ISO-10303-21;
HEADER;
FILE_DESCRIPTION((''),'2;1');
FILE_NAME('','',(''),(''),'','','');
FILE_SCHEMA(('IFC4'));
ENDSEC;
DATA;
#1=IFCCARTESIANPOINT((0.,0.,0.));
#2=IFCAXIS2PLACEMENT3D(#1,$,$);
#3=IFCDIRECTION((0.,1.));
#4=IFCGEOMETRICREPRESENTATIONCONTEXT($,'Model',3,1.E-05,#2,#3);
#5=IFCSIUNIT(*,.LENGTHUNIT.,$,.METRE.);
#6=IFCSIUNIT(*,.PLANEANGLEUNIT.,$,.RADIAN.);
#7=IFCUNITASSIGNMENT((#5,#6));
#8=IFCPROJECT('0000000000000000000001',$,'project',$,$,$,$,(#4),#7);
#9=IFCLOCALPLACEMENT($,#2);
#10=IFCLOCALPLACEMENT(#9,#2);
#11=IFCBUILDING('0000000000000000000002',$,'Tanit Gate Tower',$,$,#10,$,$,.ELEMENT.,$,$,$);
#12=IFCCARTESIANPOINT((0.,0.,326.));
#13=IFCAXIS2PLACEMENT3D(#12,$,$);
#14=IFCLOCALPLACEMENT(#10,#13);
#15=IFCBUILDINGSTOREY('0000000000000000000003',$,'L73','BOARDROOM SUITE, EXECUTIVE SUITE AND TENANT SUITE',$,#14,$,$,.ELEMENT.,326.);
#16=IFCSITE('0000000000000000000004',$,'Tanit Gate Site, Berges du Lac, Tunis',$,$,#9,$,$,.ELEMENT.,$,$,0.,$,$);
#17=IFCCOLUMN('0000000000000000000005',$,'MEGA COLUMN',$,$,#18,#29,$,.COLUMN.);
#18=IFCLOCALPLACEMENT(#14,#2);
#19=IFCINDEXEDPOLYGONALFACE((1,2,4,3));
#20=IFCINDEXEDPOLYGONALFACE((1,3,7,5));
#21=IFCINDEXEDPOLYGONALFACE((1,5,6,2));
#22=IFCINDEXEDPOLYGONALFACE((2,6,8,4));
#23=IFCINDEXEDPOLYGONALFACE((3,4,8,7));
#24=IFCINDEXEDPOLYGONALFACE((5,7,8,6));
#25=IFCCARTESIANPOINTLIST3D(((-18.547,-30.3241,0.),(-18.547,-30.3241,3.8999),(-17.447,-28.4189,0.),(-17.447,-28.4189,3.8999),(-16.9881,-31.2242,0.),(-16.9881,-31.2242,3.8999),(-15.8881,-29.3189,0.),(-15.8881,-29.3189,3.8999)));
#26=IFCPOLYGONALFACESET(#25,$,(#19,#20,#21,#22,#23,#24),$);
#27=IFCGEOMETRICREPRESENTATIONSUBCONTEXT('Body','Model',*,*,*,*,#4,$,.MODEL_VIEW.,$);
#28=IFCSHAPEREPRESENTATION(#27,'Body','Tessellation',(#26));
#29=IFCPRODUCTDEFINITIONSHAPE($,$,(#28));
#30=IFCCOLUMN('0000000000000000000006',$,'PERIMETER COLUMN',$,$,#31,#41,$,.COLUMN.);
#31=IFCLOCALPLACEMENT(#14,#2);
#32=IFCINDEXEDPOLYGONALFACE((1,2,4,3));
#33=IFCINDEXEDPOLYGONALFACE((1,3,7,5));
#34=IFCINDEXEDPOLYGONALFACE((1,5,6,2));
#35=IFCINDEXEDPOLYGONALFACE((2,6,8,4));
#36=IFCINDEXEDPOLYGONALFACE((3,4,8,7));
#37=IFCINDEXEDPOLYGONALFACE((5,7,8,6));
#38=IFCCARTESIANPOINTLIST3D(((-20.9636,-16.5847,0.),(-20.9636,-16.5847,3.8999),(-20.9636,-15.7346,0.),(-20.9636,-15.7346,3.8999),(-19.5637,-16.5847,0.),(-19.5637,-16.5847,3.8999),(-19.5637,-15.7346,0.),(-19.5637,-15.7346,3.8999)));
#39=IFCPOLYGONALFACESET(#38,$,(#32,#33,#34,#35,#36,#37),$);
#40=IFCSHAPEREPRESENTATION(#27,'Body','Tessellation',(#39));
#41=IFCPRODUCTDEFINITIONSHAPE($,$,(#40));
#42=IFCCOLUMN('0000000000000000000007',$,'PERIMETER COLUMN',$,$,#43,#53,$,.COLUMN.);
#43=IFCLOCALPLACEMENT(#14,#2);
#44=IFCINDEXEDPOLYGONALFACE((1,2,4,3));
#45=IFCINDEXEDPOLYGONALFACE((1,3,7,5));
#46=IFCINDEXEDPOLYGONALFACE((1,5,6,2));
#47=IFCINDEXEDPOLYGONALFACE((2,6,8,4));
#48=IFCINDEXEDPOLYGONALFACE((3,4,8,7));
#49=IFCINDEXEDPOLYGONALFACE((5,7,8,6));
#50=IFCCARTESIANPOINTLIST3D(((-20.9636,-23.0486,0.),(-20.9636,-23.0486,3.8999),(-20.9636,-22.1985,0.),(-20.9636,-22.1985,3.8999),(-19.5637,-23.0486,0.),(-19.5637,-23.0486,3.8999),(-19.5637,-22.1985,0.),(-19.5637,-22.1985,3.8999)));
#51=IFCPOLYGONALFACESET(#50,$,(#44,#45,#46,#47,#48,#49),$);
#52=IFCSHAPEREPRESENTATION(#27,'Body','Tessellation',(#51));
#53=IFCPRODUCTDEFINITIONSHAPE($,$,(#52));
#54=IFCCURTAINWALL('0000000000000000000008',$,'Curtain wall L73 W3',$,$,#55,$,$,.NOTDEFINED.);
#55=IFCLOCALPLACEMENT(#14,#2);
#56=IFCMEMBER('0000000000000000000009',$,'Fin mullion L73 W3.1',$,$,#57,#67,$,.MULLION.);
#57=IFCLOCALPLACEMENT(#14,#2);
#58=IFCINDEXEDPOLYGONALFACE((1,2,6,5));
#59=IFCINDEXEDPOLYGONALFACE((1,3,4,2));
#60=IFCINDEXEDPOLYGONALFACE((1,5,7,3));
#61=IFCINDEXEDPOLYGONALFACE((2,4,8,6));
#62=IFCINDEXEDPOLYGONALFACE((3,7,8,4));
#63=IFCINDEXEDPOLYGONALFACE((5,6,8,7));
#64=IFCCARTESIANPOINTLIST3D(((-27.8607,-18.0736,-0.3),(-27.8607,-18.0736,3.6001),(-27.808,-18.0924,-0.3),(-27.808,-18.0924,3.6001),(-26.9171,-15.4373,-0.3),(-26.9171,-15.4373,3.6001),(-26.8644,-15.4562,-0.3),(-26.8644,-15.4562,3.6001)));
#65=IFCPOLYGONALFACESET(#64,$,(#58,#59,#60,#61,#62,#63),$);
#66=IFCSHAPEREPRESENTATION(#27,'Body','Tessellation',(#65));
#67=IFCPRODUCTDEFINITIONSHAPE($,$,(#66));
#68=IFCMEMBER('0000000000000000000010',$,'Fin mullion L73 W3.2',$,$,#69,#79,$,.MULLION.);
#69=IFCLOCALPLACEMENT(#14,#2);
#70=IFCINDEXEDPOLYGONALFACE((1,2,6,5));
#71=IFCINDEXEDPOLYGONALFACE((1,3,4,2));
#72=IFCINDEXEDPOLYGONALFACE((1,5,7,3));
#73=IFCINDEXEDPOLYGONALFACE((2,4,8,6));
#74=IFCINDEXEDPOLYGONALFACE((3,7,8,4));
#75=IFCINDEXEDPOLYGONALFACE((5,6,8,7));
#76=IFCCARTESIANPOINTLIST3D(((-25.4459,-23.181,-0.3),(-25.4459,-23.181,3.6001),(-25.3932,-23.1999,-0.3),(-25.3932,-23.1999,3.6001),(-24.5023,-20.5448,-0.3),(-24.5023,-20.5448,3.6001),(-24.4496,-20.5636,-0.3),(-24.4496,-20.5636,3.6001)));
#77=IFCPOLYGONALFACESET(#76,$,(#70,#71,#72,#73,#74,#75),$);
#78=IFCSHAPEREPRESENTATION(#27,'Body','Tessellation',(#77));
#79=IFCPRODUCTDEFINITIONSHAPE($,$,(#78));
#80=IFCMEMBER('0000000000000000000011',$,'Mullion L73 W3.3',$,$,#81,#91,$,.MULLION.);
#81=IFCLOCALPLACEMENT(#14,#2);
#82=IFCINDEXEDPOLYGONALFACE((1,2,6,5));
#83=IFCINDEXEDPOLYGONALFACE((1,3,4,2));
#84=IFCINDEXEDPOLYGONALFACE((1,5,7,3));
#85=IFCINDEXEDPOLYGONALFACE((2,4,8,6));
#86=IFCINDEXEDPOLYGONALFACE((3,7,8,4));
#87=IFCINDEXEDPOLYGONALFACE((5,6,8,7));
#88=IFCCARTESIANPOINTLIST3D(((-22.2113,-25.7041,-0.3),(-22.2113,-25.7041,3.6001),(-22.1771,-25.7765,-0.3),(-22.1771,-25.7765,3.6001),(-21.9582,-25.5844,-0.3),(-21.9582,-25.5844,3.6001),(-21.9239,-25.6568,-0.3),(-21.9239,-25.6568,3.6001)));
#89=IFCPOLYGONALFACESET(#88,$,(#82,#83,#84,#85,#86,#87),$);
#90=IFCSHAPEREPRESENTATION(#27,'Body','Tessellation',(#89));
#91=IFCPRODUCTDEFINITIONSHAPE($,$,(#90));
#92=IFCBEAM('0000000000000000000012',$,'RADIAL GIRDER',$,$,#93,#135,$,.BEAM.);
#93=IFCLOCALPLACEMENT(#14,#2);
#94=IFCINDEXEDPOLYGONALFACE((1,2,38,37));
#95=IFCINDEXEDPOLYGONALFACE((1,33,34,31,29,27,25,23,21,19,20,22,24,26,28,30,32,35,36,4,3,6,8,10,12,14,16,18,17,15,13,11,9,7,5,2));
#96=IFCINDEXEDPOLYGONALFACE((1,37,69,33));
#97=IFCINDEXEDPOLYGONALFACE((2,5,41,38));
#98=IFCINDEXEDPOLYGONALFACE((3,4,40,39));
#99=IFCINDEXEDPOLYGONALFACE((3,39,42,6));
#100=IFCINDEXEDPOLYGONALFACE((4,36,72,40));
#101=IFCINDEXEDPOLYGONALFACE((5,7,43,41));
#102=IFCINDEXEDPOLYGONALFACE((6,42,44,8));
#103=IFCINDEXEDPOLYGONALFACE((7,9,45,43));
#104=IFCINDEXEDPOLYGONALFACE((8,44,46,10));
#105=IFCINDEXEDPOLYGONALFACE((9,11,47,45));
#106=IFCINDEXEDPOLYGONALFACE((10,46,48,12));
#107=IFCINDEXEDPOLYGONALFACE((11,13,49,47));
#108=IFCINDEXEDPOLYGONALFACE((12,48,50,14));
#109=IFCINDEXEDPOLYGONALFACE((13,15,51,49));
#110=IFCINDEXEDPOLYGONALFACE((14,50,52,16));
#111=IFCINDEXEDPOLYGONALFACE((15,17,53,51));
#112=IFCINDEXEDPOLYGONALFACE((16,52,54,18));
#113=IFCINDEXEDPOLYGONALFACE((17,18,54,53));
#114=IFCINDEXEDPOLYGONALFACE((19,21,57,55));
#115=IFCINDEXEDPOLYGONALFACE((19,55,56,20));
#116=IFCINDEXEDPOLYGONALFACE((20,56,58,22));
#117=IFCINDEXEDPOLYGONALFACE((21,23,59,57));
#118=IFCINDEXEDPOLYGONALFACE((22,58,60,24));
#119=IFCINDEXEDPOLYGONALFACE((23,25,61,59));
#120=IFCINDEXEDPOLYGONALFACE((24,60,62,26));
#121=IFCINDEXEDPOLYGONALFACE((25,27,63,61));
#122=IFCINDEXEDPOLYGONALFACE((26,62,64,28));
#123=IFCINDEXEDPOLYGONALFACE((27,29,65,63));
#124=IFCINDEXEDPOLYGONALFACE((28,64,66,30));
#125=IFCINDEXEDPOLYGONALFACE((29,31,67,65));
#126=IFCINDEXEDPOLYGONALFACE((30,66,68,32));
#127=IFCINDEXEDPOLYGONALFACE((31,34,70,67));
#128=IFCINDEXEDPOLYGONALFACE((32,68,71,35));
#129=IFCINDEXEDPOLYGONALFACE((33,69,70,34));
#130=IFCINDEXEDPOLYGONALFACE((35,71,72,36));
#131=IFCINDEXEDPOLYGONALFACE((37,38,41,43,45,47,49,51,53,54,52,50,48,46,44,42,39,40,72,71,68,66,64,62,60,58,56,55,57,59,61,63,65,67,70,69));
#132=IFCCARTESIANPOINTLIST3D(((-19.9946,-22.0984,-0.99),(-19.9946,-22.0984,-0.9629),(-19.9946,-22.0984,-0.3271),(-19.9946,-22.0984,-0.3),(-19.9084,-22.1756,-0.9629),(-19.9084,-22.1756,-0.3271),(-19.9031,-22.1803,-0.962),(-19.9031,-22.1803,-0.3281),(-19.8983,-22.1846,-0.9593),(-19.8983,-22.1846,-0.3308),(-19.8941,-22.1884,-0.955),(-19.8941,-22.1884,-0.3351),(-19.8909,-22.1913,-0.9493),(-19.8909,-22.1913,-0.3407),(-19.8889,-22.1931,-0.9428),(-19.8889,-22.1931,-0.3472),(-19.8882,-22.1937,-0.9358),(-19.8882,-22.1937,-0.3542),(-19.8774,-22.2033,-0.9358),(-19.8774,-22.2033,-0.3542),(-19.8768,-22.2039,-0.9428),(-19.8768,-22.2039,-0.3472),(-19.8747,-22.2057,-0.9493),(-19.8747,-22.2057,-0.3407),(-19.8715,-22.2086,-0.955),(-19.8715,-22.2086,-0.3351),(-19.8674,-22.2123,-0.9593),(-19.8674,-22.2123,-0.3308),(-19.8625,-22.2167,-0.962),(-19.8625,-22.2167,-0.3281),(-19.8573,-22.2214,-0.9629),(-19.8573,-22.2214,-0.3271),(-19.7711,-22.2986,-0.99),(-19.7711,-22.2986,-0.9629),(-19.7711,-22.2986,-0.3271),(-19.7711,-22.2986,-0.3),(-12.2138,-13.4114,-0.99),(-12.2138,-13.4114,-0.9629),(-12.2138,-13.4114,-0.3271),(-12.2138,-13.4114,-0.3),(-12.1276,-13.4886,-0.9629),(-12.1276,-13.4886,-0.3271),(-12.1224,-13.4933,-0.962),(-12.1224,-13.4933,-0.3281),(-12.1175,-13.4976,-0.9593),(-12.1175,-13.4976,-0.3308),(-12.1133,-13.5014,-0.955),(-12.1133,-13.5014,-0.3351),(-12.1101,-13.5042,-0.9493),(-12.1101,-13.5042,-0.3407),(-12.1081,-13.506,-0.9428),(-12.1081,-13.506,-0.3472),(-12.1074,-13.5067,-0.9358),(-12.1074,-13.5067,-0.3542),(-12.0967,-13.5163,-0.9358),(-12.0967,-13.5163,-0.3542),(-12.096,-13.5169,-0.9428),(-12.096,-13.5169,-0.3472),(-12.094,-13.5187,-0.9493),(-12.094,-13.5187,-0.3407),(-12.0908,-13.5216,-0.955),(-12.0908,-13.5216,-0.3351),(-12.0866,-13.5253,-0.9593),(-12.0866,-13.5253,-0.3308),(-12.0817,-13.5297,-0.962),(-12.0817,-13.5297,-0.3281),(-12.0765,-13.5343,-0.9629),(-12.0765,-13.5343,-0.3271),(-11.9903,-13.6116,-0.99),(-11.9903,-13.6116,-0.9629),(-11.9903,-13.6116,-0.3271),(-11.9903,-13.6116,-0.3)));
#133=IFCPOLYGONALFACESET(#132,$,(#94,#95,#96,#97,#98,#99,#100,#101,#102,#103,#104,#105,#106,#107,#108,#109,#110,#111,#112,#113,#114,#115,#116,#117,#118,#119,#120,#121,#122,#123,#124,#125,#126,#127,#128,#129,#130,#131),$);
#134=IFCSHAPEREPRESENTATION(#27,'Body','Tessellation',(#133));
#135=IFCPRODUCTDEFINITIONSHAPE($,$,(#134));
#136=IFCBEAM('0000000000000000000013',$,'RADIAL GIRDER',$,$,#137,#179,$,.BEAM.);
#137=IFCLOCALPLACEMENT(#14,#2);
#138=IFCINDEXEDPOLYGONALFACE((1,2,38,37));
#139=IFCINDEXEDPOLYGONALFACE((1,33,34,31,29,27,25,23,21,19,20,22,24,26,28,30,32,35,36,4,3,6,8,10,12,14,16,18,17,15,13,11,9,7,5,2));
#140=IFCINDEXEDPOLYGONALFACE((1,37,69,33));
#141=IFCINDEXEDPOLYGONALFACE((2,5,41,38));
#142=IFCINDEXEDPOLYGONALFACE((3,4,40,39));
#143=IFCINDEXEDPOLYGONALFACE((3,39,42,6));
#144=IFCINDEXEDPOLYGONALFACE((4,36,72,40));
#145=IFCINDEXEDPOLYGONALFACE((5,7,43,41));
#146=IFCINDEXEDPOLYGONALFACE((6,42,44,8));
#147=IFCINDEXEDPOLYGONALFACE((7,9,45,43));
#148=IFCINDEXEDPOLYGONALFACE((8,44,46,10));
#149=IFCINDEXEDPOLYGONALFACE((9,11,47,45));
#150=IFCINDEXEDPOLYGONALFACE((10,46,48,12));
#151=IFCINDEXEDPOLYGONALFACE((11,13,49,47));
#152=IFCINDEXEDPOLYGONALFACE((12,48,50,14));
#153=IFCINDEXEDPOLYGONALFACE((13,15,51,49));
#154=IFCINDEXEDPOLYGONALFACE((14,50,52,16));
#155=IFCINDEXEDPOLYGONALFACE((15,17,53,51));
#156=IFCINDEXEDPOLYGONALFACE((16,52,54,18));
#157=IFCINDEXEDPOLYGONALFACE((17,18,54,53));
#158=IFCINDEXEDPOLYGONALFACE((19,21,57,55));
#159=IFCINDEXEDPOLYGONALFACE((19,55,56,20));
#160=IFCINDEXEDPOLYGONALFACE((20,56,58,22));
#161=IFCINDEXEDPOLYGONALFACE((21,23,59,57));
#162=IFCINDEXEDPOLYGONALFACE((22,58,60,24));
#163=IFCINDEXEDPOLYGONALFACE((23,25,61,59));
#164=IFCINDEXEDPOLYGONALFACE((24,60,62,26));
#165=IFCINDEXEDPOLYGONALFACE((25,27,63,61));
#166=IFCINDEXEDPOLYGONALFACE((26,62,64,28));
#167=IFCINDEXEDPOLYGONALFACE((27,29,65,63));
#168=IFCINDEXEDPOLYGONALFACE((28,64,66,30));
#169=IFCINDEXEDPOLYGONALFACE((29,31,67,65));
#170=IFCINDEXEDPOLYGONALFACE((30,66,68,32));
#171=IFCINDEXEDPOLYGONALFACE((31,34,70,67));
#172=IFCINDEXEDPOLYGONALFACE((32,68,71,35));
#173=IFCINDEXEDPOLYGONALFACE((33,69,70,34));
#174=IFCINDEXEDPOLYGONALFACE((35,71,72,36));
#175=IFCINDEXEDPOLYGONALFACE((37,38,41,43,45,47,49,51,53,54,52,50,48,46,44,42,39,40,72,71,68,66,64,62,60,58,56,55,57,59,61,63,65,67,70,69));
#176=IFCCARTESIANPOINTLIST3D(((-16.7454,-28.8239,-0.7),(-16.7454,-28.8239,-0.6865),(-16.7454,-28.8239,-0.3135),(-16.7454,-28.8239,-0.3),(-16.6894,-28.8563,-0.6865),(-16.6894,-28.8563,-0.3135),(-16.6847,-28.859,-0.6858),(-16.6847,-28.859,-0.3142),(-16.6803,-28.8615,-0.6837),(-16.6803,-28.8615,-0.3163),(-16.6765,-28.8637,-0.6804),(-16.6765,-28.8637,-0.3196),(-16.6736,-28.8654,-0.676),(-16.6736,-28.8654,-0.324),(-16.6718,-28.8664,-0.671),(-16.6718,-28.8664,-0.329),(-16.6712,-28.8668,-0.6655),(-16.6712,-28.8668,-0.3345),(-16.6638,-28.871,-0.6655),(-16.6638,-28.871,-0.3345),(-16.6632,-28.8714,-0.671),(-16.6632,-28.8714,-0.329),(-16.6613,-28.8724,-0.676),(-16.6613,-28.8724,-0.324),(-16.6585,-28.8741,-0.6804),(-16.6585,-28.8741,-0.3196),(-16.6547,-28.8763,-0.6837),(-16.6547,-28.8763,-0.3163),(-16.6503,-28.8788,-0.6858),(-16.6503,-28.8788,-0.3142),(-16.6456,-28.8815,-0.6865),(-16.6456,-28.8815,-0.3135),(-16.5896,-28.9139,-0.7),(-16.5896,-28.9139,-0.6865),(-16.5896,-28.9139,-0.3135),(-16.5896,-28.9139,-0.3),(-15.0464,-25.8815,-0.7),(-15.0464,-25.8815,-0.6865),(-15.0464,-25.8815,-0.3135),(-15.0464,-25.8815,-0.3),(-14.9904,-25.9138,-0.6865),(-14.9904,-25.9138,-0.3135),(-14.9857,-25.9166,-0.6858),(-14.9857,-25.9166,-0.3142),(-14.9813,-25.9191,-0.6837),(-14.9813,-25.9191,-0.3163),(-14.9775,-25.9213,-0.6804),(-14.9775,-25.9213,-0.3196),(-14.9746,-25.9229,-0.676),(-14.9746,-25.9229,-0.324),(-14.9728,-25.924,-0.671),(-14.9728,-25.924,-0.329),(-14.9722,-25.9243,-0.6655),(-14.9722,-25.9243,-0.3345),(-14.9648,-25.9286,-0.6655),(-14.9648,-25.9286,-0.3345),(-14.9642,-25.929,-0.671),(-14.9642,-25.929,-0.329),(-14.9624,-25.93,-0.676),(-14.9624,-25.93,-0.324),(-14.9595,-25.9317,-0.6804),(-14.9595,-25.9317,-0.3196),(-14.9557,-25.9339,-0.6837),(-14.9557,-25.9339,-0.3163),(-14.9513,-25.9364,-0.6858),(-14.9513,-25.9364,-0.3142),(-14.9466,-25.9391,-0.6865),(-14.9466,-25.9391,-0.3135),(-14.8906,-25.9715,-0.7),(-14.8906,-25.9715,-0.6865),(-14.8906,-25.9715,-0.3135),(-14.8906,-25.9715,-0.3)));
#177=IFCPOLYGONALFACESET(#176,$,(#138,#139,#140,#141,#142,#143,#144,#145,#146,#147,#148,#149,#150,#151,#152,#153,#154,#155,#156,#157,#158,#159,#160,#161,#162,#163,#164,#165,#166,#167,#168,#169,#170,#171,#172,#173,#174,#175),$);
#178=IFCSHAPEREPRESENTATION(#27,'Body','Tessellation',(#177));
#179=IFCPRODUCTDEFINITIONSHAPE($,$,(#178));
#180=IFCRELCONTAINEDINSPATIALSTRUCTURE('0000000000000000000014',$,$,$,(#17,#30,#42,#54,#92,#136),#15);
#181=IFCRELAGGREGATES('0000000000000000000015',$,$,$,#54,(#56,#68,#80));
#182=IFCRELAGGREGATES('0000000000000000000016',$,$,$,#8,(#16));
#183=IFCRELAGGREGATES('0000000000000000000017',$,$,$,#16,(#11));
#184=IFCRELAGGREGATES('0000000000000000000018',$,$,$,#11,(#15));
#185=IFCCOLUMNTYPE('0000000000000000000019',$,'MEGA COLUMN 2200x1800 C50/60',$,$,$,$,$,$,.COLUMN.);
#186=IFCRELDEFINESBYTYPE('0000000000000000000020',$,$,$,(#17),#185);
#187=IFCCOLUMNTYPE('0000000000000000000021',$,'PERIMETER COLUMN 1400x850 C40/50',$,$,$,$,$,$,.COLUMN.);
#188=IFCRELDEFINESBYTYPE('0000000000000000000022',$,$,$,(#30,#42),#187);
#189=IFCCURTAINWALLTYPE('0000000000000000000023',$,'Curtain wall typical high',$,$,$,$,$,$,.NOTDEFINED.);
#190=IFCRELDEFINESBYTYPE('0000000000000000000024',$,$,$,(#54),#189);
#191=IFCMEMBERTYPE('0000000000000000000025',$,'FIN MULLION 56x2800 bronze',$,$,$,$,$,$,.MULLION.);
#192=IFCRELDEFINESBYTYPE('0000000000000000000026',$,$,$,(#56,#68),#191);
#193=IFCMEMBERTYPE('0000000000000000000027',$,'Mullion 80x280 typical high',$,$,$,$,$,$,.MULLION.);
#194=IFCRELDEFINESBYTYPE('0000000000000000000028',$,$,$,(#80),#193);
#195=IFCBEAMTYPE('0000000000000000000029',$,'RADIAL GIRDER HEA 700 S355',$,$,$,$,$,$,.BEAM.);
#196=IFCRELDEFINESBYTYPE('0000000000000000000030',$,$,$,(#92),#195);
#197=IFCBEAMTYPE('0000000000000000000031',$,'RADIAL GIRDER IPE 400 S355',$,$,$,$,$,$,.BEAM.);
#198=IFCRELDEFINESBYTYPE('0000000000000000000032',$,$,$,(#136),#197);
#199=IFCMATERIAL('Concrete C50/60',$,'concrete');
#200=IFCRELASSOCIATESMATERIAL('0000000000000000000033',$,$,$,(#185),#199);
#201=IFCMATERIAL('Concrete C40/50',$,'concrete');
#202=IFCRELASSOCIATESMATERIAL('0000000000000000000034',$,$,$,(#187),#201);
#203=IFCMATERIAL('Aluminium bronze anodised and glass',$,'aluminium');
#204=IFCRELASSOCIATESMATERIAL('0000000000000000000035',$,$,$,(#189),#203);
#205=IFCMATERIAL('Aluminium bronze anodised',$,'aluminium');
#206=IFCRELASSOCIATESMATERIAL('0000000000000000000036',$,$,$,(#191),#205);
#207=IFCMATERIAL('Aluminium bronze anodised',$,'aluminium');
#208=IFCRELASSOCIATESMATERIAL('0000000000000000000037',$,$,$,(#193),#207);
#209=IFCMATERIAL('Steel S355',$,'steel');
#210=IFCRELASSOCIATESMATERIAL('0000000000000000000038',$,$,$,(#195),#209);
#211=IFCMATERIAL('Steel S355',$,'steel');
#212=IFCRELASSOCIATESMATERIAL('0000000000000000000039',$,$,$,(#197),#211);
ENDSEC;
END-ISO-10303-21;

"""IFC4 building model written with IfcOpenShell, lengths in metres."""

from ifc_helpers import new_model, si_unit, direction, frame, origin, origin_2d, place, context, subcontext, project, spatial, rectangle, i_section, extrude, material, material_profile, profile_set, type_object, element, aggregate, save


model = new_model("IFC4")

# Units and contexts
model_context = context("Model", 3, precision=1e-05, world=origin(), true_north=direction((0.0, 1.0)))
body_context = subcontext(model_context, "Body", "Model", "MODEL_VIEW")
ifc_project = project(units=[si_unit("LENGTHUNIT", "METRE"), si_unit("PLANEANGLEUNIT", "RADIAN")], contexts=[model_context])

# Site, building, storey
site_placement = place(None, origin())
site = spatial("IfcSite", under=ifc_project, at=site_placement, Name="Tanit Gate Site, Berges du Lac, Tunis", CompositionType="ELEMENT", RefElevation=0.0)
building_placement = place(site_placement, origin())
building = spatial("IfcBuilding", under=site, at=building_placement, Name="Tanit Gate Tower", CompositionType="ELEMENT")
storey_placement = place(building_placement, frame((0.0, 0.0, 326.0)))
storey = spatial("IfcBuildingStorey", under=building, at=storey_placement, Name="L73", Description="BOARDROOM SUITE, EXECUTIVE SUITE AND TENANT SUITE", CompositionType="ELEMENT", Elevation=326.0)

# Columns
ifc_material_1 = material(Name="Concrete C50/60", Category="concrete")
ifc_material_profile_1 = material_profile(ifc_material_1, rectangle(XDim=2.2, YDim=1.8, at=origin_2d()), Name="RC 2200x1800")
ifc_profile_set_1 = profile_set([ifc_material_profile_1], Name="Concrete C50/60")
column_type_1 = type_object("IfcColumnType", Name="MEGA COLUMN 2200x1800 C50/60", PredefinedType="COLUMN", material=ifc_profile_set_1)
column_placement = place(storey_placement, frame((-17.2175, -29.8215, 0.0), z_axis=(0.0, 0.0, 1.0), x_axis=(-0.5, -0.866025, 0.0)))
element("IfcColumn", 1, at=column_placement, inside=storey, type_object=column_type_1, Name="MEGA COLUMN", PredefinedType="COLUMN", context=body_context, shape_type="SweptSolid", body=[
    extrude(rectangle(XDim=2.2, YDim=1.8, at=origin_2d()), origin(), (0.0, 0.0, 1.0), 3.8999),
])
ifc_material_2 = material(Name="Concrete C40/50", Category="concrete")
ifc_material_profile_2 = material_profile(ifc_material_2, rectangle(XDim=1.3999, YDim=0.8501, at=origin_2d()), Name="RC 1400x850")
ifc_profile_set_2 = profile_set([ifc_material_profile_2], Name="Concrete C40/50")
column_type_2 = type_object("IfcColumnType", Name="PERIMETER COLUMN 1400x850 C40/50", PredefinedType="COLUMN", material=ifc_profile_set_2)
for number, where, z_axis, x_axis, name in (
    (2, (-20.2637, -16.1597, 0.0), (0.0, 0.0, 1.0), (-1.0, 0.0, 0.0), "PERIMETER COLUMN"),
    (3, (-20.2637, -22.6235, 0.0), (0.0, 0.0, 1.0), (-1.0, 0.0, 0.0), "PERIMETER COLUMN"),
):
    element("IfcColumn", number, at=place(storey_placement, frame(where, z_axis=z_axis, x_axis=x_axis)), inside=storey, type_object=column_type_2, Name=name, PredefinedType="COLUMN", context=body_context, shape_type="SweptSolid", body=[
        extrude(rectangle(XDim=1.3999, YDim=0.8501, at=origin_2d()), origin(), (0.0, 0.0, 1.0), 3.8999),
    ])

# Curtain wall, members
ifc_material_3 = material(Name="Aluminium bronze anodised and glass", Category="aluminium")
curtain_wall_type = type_object("IfcCurtainWallType", Name="Curtain wall typical high", PredefinedType="NOTDEFINED", material=ifc_material_3)
curtain_wall_placement = place(storey_placement, origin())
curtain_wall = element("IfcCurtainWall", 4, at=curtain_wall_placement, inside=storey, type_object=curtain_wall_type, Name="Curtain wall L73 W3", PredefinedType="NOTDEFINED")
ifc_material_4 = material(Name="Aluminium bronze anodised", Category="aluminium")
ifc_material_profile_3 = material_profile(ifc_material_4, rectangle(XDim=2.8, YDim=0.0559, at=origin_2d()), Name="56x2800 bronze fin mullion")
ifc_profile_set_3 = profile_set([ifc_material_profile_3], Name="Aluminium bronze anodised")
member_type_1 = type_object("IfcMemberType", Name="FIN MULLION 56x2800 bronze", PredefinedType="MULLION", material=ifc_profile_set_3)
member_1_placement = place(storey_placement, frame((-27.3625, -16.7649, -0.3), z_axis=(0.0, 0.0, 1.0), x_axis=(0.336993, 0.941507, 0.0)))
member_1 = element("IfcMember", 5, at=member_1_placement, type_object=member_type_1, Name="Fin mullion L73 W3.1", PredefinedType="MULLION", context=body_context, shape_type="SweptSolid", body=[
    extrude(rectangle(XDim=2.8, YDim=0.0559, at=origin_2d()), origin(), (0.0, 0.0, 1.0), 3.9001),
])
member_2_placement = place(storey_placement, frame((-24.9478, -21.8723, -0.3), z_axis=(0.0, 0.0, 1.0), x_axis=(0.336993, 0.941507, 0.0)))
member_2 = element("IfcMember", 6, at=member_2_placement, type_object=member_type_1, Name="Fin mullion L73 W3.2", PredefinedType="MULLION", context=body_context, shape_type="SweptSolid", body=[
    extrude(rectangle(XDim=2.8, YDim=0.0559, at=origin_2d()), origin(), (0.0, 0.0, 1.0), 3.9001),
])
ifc_material_5 = material(Name="Aluminium bronze anodised", Category="aluminium")
ifc_material_profile_4 = material_profile(ifc_material_5, rectangle(XDim=0.28, YDim=0.0801, at=origin_2d()), Name="80x280 bronze mullion")
ifc_profile_set_4 = profile_set([ifc_material_profile_4], Name="Aluminium bronze anodised")
member_type_2 = type_object("IfcMemberType", Name="Mullion 80x280 typical high", PredefinedType="MULLION", material=ifc_profile_set_4)
member_3_placement = place(storey_placement, frame((-22.0676, -25.6804, -0.3), z_axis=(0.0, 0.0, 1.0), x_axis=(0.904036, 0.427456, 0.0)))
member_3 = element("IfcMember", 7, at=member_3_placement, type_object=member_type_2, Name="Mullion L73 W3.3", PredefinedType="MULLION", context=body_context, shape_type="SweptSolid", body=[
    extrude(rectangle(XDim=0.28, YDim=0.0801, at=origin_2d()), origin(), (0.0, 0.0, 1.0), 3.9001),
])

# Beams
ifc_material_6 = material(Name="Steel S355", Category="steel")
ifc_material_profile_5 = material_profile(ifc_material_6, i_section(OverallWidth=0.3, OverallDepth=0.6899, WebThickness=0.0144, FlangeThickness=0.0271, FilletRadius=0.0271, at=origin_2d()), Name="HEA 700")
ifc_profile_set_5 = profile_set([ifc_material_profile_5], Name="Steel S355")
beam_type_1 = type_object("IfcBeamType", Name="RADIAL GIRDER HEA 700 S355", PredefinedType="BEAM", material=ifc_profile_set_5)
beam_1_placement = place(storey_placement, frame((-19.8828, -22.1985, -0.645), z_axis=(0.667184, 0.744893, 0.0), x_axis=(-0.744893, 0.667184, 0.0)))
element("IfcBeam", 8, at=beam_1_placement, inside=storey, type_object=beam_type_1, Name="RADIAL GIRDER", PredefinedType="BEAM", context=body_context, shape_type="SweptSolid", body=[
    extrude(i_section(OverallWidth=0.3, OverallDepth=0.6899, WebThickness=0.0144, FlangeThickness=0.0271, FilletRadius=0.0271, at=origin_2d()), origin(), (0.0, 0.0, 1.0), 11.6621),
])
ifc_material_7 = material(Name="Steel S355", Category="steel")
ifc_material_profile_6 = material_profile(ifc_material_7, i_section(OverallWidth=0.1799, OverallDepth=0.3999, WebThickness=0.0085, FlangeThickness=0.0134, FilletRadius=0.021, at=origin_2d()), Name="IPE 400")
ifc_profile_set_6 = profile_set([ifc_material_profile_6], Name="Steel S355")
beam_type_2 = type_object("IfcBeamType", Name="RADIAL GIRDER IPE 400 S355", PredefinedType="BEAM", material=ifc_profile_set_6)
beam_2_placement = place(storey_placement, frame((-16.6675, -28.8689, -0.5), z_axis=(0.500042, 0.866001, 0.0), x_axis=(-0.866001, 0.500042, 0.0)))
element("IfcBeam", 9, at=beam_2_placement, inside=storey, type_object=beam_type_2, Name="RADIAL GIRDER", PredefinedType="BEAM", context=body_context, shape_type="SweptSolid", body=[
    extrude(i_section(OverallWidth=0.1799, OverallDepth=0.3999, WebThickness=0.0085, FlangeThickness=0.0134, FilletRadius=0.021, at=origin_2d()), origin(), (0.0, 0.0, 1.0), 3.3977),
])

aggregate(curtain_wall, [member_1, member_2, member_3])

save(model, "model.ifc")
